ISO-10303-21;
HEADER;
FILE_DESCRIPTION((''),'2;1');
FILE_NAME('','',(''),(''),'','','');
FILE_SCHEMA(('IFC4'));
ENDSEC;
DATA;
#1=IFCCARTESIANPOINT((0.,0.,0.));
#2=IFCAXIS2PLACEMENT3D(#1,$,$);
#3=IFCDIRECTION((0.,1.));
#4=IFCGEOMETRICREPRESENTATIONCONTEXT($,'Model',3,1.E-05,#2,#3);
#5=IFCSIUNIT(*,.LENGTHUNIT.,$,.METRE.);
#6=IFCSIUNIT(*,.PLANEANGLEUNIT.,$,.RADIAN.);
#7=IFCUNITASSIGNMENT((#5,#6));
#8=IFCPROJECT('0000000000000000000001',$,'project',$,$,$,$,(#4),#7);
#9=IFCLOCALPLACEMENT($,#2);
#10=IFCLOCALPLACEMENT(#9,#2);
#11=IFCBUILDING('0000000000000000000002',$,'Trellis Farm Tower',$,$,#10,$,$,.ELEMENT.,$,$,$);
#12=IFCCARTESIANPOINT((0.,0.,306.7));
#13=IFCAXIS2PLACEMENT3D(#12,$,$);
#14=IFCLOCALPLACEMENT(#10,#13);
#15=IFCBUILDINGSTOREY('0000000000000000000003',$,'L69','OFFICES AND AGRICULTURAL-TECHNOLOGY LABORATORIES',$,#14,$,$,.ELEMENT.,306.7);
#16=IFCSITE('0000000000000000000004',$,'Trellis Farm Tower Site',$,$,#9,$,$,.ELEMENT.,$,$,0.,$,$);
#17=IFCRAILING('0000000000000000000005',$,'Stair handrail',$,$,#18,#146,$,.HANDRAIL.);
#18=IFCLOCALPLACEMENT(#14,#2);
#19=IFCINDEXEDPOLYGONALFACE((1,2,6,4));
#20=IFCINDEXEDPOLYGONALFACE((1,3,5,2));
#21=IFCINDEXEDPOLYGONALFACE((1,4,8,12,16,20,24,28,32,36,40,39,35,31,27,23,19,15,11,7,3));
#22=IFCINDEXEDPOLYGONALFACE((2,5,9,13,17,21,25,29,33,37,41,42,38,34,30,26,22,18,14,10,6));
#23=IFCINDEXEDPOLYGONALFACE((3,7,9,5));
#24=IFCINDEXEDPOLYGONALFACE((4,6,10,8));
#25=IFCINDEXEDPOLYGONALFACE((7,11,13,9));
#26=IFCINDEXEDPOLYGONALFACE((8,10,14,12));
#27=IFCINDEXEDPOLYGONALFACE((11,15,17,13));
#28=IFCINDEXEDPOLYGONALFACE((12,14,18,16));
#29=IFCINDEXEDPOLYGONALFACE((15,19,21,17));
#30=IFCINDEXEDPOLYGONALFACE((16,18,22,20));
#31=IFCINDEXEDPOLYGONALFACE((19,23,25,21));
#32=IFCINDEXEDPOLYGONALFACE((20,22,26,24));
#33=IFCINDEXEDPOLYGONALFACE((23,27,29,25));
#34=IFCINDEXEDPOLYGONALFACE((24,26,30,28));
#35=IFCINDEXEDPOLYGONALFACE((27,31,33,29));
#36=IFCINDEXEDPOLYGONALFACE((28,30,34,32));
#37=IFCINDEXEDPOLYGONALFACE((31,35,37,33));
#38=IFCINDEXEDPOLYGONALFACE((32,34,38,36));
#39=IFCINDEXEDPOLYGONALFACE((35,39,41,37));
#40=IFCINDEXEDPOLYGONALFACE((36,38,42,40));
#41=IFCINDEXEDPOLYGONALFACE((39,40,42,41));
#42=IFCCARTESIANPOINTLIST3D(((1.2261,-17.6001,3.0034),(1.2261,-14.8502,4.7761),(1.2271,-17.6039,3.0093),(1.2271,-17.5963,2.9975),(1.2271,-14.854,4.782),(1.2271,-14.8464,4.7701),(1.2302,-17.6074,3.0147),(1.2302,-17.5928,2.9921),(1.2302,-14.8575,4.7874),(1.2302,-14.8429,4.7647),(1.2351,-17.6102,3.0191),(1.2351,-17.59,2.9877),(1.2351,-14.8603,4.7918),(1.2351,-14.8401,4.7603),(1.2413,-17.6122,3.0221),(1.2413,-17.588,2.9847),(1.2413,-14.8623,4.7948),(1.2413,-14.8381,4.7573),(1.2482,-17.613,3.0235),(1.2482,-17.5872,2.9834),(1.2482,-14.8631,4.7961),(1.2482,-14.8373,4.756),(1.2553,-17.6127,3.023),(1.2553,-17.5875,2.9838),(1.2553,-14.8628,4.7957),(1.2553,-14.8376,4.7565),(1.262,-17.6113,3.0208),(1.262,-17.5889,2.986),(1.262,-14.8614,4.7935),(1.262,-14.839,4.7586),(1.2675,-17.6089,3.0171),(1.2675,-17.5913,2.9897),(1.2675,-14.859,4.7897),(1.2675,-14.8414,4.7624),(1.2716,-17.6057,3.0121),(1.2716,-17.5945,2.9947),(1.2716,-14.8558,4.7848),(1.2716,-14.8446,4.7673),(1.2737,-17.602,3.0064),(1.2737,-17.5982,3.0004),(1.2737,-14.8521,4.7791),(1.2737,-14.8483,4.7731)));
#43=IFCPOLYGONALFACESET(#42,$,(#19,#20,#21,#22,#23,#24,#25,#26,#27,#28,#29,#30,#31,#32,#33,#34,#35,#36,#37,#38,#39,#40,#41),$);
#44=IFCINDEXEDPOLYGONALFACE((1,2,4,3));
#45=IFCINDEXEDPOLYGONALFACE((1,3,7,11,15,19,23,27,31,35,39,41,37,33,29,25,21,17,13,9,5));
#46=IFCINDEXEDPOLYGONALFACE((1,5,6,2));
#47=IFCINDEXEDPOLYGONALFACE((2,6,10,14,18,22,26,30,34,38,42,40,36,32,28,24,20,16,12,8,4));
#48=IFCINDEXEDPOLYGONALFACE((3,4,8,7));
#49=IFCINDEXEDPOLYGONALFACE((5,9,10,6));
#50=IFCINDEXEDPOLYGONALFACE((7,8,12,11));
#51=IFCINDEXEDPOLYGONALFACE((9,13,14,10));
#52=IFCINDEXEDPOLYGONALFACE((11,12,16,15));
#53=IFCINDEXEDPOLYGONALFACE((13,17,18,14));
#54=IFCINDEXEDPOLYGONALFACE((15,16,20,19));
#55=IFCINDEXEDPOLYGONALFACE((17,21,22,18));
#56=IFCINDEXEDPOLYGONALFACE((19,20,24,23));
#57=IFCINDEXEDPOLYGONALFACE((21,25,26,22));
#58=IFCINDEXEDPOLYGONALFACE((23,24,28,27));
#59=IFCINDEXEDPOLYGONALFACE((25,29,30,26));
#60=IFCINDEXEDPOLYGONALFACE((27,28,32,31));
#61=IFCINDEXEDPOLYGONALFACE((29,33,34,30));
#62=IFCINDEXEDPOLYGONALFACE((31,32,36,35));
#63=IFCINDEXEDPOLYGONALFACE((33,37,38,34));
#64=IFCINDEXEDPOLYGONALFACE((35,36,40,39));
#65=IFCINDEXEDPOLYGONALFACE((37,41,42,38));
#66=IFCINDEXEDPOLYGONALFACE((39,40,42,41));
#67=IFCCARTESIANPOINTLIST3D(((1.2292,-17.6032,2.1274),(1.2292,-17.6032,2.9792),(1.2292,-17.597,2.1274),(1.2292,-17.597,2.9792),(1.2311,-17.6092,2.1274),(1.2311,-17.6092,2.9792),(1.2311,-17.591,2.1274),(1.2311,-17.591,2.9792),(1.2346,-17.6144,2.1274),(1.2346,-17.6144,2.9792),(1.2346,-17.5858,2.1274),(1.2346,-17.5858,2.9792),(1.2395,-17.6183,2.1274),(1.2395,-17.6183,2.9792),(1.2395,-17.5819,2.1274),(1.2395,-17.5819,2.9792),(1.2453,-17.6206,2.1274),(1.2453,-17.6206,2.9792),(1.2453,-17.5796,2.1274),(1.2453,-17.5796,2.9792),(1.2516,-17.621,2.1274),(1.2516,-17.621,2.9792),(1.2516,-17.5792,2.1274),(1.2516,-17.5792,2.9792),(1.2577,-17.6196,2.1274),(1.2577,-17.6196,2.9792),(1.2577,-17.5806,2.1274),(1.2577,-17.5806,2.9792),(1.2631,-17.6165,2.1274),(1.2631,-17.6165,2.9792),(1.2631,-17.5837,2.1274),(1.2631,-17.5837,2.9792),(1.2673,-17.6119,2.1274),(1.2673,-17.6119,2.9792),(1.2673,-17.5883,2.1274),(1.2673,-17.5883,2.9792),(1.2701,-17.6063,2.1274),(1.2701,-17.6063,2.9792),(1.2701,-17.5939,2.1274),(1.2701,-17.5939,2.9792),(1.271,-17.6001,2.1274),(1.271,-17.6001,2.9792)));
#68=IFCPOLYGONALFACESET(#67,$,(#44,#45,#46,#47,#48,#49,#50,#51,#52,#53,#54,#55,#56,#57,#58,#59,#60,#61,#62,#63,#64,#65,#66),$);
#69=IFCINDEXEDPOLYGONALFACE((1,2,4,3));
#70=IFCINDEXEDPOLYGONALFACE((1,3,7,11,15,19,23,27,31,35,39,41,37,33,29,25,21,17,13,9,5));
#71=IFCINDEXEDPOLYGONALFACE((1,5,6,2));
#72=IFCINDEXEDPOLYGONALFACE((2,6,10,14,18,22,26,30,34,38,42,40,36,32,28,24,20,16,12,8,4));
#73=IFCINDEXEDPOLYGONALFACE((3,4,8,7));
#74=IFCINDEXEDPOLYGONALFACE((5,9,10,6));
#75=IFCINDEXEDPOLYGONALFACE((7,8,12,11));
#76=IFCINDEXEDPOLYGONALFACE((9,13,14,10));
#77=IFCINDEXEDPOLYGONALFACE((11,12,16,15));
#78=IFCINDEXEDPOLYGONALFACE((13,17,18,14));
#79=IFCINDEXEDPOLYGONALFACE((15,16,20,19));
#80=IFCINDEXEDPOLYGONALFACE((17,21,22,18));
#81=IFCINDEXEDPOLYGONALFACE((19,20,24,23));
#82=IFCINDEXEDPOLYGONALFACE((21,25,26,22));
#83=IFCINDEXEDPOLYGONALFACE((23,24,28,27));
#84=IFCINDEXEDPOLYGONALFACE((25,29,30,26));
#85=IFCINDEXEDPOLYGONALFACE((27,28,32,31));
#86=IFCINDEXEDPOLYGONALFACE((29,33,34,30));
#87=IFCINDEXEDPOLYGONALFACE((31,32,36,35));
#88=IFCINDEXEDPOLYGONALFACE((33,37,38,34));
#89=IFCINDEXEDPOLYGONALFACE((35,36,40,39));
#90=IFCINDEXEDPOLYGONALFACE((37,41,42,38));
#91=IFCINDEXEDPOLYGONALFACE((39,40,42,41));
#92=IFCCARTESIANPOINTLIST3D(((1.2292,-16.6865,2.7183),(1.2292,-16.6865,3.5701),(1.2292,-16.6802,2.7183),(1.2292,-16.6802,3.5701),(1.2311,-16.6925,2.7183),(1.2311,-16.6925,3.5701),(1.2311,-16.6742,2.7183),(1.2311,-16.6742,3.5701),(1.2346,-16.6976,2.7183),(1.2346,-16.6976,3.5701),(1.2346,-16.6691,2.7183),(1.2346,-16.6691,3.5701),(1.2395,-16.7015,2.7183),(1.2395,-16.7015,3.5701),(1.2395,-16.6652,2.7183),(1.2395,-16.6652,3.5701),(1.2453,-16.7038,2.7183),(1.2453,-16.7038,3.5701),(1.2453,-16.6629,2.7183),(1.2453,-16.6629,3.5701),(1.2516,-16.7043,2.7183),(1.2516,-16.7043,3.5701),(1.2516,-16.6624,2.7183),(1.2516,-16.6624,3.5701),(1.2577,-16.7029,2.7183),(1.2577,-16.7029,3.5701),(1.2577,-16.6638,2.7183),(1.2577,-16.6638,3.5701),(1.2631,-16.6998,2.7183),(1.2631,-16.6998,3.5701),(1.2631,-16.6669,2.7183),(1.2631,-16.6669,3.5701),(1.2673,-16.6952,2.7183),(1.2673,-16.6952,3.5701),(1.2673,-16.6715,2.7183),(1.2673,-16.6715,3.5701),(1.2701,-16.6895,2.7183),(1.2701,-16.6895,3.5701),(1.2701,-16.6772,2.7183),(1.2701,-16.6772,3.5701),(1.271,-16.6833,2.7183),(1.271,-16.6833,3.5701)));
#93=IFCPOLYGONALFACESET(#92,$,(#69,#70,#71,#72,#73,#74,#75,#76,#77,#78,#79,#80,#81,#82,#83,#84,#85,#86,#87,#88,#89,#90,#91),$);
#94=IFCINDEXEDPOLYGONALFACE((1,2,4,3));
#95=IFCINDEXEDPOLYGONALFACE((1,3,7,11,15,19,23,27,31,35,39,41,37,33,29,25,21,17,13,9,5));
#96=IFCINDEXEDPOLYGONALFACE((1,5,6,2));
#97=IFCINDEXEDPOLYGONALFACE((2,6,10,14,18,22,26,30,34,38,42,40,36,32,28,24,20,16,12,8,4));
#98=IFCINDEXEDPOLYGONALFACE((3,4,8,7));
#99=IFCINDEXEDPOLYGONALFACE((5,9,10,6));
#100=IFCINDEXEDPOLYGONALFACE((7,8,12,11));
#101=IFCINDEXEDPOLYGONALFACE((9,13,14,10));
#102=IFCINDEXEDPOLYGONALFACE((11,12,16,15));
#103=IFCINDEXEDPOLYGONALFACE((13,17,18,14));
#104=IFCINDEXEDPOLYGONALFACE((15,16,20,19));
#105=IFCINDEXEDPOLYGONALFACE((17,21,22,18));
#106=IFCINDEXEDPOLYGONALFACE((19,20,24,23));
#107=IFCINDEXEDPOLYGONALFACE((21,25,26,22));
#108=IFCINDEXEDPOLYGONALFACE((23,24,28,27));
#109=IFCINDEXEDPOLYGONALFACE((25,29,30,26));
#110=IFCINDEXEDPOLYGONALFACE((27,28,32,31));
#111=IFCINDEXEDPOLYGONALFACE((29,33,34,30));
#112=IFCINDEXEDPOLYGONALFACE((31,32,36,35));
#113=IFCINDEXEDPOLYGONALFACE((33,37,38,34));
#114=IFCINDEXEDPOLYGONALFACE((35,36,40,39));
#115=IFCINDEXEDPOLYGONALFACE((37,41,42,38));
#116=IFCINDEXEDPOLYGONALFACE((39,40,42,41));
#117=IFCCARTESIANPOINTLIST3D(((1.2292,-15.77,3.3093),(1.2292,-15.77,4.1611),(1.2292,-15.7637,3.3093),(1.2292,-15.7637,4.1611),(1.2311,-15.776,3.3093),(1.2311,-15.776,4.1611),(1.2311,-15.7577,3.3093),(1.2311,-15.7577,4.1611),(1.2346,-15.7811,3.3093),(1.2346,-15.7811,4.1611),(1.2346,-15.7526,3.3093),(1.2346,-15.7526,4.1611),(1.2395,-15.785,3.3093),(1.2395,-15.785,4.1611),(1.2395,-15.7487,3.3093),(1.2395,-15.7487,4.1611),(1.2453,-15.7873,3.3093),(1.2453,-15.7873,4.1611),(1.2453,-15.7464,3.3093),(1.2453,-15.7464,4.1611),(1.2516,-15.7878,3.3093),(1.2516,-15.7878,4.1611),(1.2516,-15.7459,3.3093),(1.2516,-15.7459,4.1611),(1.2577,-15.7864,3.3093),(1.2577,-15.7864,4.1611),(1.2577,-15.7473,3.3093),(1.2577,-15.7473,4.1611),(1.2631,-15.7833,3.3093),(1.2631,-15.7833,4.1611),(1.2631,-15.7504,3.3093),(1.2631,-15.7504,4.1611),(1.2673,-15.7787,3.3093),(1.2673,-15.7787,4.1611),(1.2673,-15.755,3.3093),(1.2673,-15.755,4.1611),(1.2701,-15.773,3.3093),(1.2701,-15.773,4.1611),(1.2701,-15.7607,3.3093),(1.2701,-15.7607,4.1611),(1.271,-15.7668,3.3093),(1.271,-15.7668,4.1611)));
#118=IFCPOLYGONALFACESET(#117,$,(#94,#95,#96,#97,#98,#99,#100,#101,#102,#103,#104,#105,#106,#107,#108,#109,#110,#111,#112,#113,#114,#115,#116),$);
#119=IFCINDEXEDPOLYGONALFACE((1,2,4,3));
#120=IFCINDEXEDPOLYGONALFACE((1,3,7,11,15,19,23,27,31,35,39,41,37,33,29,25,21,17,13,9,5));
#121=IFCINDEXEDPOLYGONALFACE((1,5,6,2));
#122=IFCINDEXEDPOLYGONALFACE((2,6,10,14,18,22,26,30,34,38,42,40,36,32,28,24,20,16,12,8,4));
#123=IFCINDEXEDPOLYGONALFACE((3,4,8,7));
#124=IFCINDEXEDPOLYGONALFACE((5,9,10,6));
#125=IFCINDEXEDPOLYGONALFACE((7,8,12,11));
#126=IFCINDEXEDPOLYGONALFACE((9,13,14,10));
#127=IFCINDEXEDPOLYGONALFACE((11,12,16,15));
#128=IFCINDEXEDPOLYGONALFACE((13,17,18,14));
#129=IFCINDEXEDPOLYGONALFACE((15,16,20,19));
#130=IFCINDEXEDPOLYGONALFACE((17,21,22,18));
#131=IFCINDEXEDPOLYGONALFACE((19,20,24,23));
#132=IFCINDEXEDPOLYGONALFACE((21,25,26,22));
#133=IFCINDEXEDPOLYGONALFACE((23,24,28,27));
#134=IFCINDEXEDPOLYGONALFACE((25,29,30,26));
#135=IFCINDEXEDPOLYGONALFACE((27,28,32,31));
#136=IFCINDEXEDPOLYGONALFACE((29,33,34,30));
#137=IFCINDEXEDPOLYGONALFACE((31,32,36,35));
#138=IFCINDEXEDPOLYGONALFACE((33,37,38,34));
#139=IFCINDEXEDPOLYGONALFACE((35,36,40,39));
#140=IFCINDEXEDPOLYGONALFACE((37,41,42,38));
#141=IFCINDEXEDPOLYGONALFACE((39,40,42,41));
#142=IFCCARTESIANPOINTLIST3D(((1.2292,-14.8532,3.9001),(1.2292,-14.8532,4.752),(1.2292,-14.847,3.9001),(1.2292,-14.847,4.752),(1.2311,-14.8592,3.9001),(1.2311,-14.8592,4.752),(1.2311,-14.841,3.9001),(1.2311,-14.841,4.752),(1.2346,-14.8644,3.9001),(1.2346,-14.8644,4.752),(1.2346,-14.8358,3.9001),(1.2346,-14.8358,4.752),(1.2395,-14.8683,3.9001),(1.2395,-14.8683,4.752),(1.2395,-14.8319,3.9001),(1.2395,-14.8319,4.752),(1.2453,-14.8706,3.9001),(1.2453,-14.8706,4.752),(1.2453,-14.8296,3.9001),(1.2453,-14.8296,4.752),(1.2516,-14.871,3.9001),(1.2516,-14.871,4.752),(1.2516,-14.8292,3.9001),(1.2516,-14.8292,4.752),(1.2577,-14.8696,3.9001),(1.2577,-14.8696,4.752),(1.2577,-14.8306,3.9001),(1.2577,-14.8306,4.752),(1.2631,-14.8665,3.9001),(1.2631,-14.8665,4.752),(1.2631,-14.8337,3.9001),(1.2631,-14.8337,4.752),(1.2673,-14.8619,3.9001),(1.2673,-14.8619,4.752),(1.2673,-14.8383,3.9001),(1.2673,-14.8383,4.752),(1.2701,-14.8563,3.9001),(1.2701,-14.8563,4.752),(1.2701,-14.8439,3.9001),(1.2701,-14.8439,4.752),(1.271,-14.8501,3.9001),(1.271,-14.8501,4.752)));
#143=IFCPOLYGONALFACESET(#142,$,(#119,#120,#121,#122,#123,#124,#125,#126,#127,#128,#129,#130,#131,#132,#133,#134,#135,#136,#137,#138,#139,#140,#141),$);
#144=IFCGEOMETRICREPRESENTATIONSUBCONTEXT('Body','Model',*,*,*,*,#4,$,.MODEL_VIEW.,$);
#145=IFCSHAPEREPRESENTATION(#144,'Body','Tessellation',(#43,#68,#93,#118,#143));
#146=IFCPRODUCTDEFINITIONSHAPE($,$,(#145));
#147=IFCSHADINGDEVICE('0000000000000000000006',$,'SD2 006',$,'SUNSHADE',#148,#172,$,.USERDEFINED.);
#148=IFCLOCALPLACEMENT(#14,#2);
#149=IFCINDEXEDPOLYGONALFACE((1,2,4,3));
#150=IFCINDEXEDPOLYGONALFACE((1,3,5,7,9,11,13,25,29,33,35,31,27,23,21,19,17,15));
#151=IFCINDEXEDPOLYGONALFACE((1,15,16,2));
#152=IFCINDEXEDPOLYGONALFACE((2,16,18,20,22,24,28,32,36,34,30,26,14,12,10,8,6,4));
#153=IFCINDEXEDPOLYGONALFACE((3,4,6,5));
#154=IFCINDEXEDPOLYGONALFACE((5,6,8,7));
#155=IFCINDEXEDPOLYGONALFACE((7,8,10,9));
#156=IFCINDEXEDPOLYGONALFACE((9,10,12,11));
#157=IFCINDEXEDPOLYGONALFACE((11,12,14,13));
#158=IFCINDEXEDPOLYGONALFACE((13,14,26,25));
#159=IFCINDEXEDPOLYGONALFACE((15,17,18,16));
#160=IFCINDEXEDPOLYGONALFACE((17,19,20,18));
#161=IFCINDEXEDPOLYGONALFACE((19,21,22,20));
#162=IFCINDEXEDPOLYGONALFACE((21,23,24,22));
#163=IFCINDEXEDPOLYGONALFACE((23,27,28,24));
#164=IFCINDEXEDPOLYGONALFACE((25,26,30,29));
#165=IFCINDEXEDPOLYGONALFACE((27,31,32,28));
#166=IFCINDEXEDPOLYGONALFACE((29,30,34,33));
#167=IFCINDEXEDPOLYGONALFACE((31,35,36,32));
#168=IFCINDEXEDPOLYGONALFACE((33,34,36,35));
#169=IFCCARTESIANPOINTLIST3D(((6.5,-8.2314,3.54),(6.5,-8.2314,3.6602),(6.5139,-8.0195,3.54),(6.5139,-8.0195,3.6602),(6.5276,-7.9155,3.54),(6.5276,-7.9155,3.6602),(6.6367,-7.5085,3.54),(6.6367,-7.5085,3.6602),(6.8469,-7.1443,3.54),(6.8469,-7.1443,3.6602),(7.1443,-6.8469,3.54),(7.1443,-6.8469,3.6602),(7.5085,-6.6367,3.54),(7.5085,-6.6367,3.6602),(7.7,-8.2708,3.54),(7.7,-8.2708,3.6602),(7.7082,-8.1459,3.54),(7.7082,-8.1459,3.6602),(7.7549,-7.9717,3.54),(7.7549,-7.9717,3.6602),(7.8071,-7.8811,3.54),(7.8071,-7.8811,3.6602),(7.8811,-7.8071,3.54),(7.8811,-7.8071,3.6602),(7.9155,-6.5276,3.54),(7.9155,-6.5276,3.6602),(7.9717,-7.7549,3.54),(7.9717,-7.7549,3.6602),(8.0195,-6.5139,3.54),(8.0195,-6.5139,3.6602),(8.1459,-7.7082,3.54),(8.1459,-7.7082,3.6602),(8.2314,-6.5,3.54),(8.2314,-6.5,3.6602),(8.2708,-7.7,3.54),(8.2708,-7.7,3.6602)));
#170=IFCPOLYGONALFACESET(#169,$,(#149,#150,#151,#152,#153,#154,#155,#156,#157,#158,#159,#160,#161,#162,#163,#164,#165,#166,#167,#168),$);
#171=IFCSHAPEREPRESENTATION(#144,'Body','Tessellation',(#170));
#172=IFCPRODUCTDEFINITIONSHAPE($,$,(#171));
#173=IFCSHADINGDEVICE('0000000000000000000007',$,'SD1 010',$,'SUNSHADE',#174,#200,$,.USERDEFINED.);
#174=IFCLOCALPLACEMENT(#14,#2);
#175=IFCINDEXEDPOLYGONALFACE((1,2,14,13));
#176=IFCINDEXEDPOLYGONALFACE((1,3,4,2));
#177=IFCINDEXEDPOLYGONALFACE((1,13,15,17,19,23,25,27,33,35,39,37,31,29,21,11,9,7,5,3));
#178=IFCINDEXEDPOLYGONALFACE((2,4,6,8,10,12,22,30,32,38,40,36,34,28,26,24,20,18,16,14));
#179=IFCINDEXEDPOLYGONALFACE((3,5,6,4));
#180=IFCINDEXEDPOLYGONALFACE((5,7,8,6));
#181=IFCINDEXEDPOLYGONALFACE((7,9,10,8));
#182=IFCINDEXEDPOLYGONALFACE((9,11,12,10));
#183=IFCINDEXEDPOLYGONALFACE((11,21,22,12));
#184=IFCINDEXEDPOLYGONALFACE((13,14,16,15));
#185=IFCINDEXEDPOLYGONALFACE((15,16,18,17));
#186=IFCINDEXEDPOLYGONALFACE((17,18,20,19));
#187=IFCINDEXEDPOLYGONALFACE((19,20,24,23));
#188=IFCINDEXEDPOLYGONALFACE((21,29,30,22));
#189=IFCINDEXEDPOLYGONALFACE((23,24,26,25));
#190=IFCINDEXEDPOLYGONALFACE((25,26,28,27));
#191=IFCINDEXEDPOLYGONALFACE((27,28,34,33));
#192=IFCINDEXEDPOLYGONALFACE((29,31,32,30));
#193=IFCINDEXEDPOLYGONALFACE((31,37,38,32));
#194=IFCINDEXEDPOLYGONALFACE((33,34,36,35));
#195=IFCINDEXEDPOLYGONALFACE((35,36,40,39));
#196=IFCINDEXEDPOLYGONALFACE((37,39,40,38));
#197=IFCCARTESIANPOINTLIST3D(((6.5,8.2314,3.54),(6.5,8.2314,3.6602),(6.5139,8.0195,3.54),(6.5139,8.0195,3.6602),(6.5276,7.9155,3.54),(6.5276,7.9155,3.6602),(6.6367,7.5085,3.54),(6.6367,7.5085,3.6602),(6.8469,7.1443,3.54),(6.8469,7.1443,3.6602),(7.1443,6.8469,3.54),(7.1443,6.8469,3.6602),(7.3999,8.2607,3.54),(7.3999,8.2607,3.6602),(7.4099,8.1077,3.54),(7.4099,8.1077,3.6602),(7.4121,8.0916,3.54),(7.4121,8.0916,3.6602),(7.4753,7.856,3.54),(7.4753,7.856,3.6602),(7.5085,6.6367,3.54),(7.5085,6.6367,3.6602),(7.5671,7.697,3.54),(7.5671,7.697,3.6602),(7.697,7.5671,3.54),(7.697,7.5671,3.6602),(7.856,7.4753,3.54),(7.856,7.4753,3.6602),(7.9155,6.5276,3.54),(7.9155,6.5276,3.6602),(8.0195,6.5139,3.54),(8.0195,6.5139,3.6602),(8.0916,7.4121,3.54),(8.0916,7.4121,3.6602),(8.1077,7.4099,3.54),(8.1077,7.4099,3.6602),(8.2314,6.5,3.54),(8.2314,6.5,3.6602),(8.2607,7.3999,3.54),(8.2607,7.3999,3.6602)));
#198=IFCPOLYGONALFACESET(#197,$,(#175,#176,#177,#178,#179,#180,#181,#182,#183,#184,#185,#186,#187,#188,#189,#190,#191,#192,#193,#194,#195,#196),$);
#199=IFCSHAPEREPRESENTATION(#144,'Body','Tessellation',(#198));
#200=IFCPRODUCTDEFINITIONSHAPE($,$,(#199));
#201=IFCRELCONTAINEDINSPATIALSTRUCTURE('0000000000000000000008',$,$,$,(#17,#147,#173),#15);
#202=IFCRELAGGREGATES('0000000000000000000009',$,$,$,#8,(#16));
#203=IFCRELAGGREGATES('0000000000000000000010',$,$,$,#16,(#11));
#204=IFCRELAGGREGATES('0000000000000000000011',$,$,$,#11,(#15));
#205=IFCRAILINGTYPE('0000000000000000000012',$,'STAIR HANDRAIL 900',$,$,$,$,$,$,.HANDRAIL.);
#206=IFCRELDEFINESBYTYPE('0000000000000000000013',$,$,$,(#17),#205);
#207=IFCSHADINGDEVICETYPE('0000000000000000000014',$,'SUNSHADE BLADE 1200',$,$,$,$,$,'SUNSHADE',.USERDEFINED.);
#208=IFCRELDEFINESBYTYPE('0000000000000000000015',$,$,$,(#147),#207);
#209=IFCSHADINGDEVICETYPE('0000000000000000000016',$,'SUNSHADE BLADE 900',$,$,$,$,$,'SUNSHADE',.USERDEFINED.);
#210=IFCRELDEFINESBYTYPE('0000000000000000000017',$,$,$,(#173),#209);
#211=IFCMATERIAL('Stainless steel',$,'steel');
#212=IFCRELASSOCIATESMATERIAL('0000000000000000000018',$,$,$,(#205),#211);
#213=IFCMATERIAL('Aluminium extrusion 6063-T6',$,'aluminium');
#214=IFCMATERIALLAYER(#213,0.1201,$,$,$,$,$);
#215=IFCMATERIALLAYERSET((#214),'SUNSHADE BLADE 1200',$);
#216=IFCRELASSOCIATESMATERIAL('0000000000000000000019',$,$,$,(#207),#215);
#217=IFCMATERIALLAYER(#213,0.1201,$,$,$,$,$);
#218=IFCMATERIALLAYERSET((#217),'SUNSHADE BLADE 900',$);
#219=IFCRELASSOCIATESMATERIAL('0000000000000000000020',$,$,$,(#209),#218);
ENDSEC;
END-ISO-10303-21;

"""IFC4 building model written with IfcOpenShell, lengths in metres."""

from ifc_helpers import new_model, si_unit, direction, frame, origin, origin_2d, place, context, subcontext, project, spatial, polyline, circle, outline, extrude, source, transform, mapped, material, layer, layer_set, type_object, element, save


model = new_model("IFC4")

# Units and contexts
model_context = context("Model", 3, precision=1e-05, world=origin(), true_north=direction((0.0, 1.0)))
body_context = subcontext(model_context, "Body", "Model", "MODEL_VIEW")
ifc_project = project(units=[si_unit("LENGTHUNIT", "METRE"), si_unit("PLANEANGLEUNIT", "RADIAN")], contexts=[model_context])

# Site, building, storey
site_placement = place(None, origin())
site = spatial("IfcSite", under=ifc_project, at=site_placement, Name="Trellis Farm Tower Site", CompositionType="ELEMENT", RefElevation=0.0)
building_placement = place(site_placement, origin())
building = spatial("IfcBuilding", under=site, at=building_placement, Name="Trellis Farm Tower", CompositionType="ELEMENT")
storey_placement = place(building_placement, frame((0.0, 0.0, 306.7)))
storey = spatial("IfcBuildingStorey", under=building, at=storey_placement, Name="L69", Description="OFFICES AND AGRICULTURAL-TECHNOLOGY LABORATORIES", CompositionType="ELEMENT", Elevation=306.7)

# Shared definitions
ifc_material_1 = material(Name="Aluminium extrusion 6063-T6", Category="aluminium")

# Railing
ifc_material_2 = material(Name="Stainless steel", Category="steel")
railing_type = type_object("IfcRailingType", Name="STAIR HANDRAIL 900", PredefinedType="HANDRAIL", material=ifc_material_2)
shared_shape_1 = source(origin(), body_context, "Body", "SweptSolid", [
    extrude(circle(Radius=0.0239, at=origin_2d()), frame((0.0, 0.0, 0.876), z_axis=(0.0, 0.840504, 0.541806), x_axis=(-1.0, 0.0, 0.0)), (0.0, 0.0, 1.0), 3.2717),
    extrude(circle(Radius=0.021, at=origin_2d()), origin(), (0.0, 0.0, 1.0), 0.8518),
    extrude(circle(Radius=0.021, at=origin_2d()), frame((0.0, 0.9167, 0.5908)), (0.0, 0.0, 1.0), 0.8518),
    extrude(circle(Radius=0.021, at=origin_2d()), frame((0.0, 1.8333, 1.1819)), (0.0, 0.0, 1.0), 0.8518),
    extrude(circle(Radius=0.021, at=origin_2d()), frame((0.0, 2.75, 1.7727)), (0.0, 0.0, 1.0), 0.8518),
])
railing_placement = place(storey_placement, frame((1.25, -17.6001, 2.1274)))
element("IfcRailing", 1, at=railing_placement, inside=storey, type_object=railing_type, Name="Stair handrail", PredefinedType="HANDRAIL", context=body_context, shape_type="MappedRepresentation", body=[
    mapped(shared_shape_1, transform((0.0, 0.0, 0.0))),
])

# Shading devices
ifc_layer_1 = layer(ifc_material_1, 0.1201)
ifc_layer_set_1 = layer_set([ifc_layer_1], Name="SUNSHADE BLADE 1200")
shading_device_type_1 = type_object("IfcShadingDeviceType", Name="SUNSHADE BLADE 1200", ElementType="SUNSHADE", PredefinedType="USERDEFINED", material=ifc_layer_set_1)
shared_shape_2 = source(origin(), body_context, "Body", "SweptSolid", [
    extrude(outline(polyline([(7.7, -8.2708), (7.7087, -8.1372), (7.707, -8.1501), (7.7549, -7.9717), (7.8071, -7.8811), (7.8811, -7.8071), (7.9717, -7.7549), (8.1501, -7.707), (8.1372, -7.7087), (8.2708, -7.7), (8.2314, -6.5), (8.0195, -6.5139), (7.9155, -6.5276), (7.5085, -6.6367), (7.1443, -6.8469), (6.8469, -7.1443), (6.6367, -7.5085), (6.5276, -7.9155), (6.5139, -8.0195), (6.5, -8.2314), (7.7, -8.2708)])), origin(), (0.0, 0.0, 1.0), 0.1201),
])
placement_1 = place(storey_placement, frame((0.0, 0.0, 3.54)))
element("IfcShadingDevice", 2, at=placement_1, inside=storey, type_object=shading_device_type_1, Name="SD2 006", ObjectType="SUNSHADE", PredefinedType="USERDEFINED", context=body_context, shape_type="MappedRepresentation", body=[
    mapped(shared_shape_2, transform((0.0, 0.0, 0.0))),
])
ifc_layer_2 = layer(ifc_material_1, 0.1201)
ifc_layer_set_2 = layer_set([ifc_layer_2], Name="SUNSHADE BLADE 900")
shading_device_type_2 = type_object("IfcShadingDeviceType", Name="SUNSHADE BLADE 900", ElementType="SUNSHADE", PredefinedType="USERDEFINED", material=ifc_layer_set_2)
shared_shape_3 = source(origin(), body_context, "Body", "SweptSolid", [
    extrude(outline(polyline([(8.2607, 7.3999), (8.1077, 7.4099), (8.0916, 7.4121), (7.856, 7.4753), (7.697, 7.5671), (7.5671, 7.697), (7.4753, 7.856), (7.4121, 8.0916), (7.4099, 8.1077), (7.3999, 8.2607), (6.5, 8.2314), (6.5139, 8.0195), (6.5276, 7.9155), (6.6367, 7.5085), (6.8469, 7.1443), (7.1443, 6.8469), (7.5085, 6.6367), (7.9155, 6.5276), (8.0195, 6.5139), (8.2314, 6.5), (8.2607, 7.3999)])), origin(), (0.0, 0.0, 1.0), 0.1201),
])
element("IfcShadingDevice", 3, at=placement_1, inside=storey, type_object=shading_device_type_2, Name="SD1 010", ObjectType="SUNSHADE", PredefinedType="USERDEFINED", context=body_context, shape_type="MappedRepresentation", body=[
    mapped(shared_shape_3, transform((0.0, 0.0, 0.0))),
])

save(model, "model.ifc")
